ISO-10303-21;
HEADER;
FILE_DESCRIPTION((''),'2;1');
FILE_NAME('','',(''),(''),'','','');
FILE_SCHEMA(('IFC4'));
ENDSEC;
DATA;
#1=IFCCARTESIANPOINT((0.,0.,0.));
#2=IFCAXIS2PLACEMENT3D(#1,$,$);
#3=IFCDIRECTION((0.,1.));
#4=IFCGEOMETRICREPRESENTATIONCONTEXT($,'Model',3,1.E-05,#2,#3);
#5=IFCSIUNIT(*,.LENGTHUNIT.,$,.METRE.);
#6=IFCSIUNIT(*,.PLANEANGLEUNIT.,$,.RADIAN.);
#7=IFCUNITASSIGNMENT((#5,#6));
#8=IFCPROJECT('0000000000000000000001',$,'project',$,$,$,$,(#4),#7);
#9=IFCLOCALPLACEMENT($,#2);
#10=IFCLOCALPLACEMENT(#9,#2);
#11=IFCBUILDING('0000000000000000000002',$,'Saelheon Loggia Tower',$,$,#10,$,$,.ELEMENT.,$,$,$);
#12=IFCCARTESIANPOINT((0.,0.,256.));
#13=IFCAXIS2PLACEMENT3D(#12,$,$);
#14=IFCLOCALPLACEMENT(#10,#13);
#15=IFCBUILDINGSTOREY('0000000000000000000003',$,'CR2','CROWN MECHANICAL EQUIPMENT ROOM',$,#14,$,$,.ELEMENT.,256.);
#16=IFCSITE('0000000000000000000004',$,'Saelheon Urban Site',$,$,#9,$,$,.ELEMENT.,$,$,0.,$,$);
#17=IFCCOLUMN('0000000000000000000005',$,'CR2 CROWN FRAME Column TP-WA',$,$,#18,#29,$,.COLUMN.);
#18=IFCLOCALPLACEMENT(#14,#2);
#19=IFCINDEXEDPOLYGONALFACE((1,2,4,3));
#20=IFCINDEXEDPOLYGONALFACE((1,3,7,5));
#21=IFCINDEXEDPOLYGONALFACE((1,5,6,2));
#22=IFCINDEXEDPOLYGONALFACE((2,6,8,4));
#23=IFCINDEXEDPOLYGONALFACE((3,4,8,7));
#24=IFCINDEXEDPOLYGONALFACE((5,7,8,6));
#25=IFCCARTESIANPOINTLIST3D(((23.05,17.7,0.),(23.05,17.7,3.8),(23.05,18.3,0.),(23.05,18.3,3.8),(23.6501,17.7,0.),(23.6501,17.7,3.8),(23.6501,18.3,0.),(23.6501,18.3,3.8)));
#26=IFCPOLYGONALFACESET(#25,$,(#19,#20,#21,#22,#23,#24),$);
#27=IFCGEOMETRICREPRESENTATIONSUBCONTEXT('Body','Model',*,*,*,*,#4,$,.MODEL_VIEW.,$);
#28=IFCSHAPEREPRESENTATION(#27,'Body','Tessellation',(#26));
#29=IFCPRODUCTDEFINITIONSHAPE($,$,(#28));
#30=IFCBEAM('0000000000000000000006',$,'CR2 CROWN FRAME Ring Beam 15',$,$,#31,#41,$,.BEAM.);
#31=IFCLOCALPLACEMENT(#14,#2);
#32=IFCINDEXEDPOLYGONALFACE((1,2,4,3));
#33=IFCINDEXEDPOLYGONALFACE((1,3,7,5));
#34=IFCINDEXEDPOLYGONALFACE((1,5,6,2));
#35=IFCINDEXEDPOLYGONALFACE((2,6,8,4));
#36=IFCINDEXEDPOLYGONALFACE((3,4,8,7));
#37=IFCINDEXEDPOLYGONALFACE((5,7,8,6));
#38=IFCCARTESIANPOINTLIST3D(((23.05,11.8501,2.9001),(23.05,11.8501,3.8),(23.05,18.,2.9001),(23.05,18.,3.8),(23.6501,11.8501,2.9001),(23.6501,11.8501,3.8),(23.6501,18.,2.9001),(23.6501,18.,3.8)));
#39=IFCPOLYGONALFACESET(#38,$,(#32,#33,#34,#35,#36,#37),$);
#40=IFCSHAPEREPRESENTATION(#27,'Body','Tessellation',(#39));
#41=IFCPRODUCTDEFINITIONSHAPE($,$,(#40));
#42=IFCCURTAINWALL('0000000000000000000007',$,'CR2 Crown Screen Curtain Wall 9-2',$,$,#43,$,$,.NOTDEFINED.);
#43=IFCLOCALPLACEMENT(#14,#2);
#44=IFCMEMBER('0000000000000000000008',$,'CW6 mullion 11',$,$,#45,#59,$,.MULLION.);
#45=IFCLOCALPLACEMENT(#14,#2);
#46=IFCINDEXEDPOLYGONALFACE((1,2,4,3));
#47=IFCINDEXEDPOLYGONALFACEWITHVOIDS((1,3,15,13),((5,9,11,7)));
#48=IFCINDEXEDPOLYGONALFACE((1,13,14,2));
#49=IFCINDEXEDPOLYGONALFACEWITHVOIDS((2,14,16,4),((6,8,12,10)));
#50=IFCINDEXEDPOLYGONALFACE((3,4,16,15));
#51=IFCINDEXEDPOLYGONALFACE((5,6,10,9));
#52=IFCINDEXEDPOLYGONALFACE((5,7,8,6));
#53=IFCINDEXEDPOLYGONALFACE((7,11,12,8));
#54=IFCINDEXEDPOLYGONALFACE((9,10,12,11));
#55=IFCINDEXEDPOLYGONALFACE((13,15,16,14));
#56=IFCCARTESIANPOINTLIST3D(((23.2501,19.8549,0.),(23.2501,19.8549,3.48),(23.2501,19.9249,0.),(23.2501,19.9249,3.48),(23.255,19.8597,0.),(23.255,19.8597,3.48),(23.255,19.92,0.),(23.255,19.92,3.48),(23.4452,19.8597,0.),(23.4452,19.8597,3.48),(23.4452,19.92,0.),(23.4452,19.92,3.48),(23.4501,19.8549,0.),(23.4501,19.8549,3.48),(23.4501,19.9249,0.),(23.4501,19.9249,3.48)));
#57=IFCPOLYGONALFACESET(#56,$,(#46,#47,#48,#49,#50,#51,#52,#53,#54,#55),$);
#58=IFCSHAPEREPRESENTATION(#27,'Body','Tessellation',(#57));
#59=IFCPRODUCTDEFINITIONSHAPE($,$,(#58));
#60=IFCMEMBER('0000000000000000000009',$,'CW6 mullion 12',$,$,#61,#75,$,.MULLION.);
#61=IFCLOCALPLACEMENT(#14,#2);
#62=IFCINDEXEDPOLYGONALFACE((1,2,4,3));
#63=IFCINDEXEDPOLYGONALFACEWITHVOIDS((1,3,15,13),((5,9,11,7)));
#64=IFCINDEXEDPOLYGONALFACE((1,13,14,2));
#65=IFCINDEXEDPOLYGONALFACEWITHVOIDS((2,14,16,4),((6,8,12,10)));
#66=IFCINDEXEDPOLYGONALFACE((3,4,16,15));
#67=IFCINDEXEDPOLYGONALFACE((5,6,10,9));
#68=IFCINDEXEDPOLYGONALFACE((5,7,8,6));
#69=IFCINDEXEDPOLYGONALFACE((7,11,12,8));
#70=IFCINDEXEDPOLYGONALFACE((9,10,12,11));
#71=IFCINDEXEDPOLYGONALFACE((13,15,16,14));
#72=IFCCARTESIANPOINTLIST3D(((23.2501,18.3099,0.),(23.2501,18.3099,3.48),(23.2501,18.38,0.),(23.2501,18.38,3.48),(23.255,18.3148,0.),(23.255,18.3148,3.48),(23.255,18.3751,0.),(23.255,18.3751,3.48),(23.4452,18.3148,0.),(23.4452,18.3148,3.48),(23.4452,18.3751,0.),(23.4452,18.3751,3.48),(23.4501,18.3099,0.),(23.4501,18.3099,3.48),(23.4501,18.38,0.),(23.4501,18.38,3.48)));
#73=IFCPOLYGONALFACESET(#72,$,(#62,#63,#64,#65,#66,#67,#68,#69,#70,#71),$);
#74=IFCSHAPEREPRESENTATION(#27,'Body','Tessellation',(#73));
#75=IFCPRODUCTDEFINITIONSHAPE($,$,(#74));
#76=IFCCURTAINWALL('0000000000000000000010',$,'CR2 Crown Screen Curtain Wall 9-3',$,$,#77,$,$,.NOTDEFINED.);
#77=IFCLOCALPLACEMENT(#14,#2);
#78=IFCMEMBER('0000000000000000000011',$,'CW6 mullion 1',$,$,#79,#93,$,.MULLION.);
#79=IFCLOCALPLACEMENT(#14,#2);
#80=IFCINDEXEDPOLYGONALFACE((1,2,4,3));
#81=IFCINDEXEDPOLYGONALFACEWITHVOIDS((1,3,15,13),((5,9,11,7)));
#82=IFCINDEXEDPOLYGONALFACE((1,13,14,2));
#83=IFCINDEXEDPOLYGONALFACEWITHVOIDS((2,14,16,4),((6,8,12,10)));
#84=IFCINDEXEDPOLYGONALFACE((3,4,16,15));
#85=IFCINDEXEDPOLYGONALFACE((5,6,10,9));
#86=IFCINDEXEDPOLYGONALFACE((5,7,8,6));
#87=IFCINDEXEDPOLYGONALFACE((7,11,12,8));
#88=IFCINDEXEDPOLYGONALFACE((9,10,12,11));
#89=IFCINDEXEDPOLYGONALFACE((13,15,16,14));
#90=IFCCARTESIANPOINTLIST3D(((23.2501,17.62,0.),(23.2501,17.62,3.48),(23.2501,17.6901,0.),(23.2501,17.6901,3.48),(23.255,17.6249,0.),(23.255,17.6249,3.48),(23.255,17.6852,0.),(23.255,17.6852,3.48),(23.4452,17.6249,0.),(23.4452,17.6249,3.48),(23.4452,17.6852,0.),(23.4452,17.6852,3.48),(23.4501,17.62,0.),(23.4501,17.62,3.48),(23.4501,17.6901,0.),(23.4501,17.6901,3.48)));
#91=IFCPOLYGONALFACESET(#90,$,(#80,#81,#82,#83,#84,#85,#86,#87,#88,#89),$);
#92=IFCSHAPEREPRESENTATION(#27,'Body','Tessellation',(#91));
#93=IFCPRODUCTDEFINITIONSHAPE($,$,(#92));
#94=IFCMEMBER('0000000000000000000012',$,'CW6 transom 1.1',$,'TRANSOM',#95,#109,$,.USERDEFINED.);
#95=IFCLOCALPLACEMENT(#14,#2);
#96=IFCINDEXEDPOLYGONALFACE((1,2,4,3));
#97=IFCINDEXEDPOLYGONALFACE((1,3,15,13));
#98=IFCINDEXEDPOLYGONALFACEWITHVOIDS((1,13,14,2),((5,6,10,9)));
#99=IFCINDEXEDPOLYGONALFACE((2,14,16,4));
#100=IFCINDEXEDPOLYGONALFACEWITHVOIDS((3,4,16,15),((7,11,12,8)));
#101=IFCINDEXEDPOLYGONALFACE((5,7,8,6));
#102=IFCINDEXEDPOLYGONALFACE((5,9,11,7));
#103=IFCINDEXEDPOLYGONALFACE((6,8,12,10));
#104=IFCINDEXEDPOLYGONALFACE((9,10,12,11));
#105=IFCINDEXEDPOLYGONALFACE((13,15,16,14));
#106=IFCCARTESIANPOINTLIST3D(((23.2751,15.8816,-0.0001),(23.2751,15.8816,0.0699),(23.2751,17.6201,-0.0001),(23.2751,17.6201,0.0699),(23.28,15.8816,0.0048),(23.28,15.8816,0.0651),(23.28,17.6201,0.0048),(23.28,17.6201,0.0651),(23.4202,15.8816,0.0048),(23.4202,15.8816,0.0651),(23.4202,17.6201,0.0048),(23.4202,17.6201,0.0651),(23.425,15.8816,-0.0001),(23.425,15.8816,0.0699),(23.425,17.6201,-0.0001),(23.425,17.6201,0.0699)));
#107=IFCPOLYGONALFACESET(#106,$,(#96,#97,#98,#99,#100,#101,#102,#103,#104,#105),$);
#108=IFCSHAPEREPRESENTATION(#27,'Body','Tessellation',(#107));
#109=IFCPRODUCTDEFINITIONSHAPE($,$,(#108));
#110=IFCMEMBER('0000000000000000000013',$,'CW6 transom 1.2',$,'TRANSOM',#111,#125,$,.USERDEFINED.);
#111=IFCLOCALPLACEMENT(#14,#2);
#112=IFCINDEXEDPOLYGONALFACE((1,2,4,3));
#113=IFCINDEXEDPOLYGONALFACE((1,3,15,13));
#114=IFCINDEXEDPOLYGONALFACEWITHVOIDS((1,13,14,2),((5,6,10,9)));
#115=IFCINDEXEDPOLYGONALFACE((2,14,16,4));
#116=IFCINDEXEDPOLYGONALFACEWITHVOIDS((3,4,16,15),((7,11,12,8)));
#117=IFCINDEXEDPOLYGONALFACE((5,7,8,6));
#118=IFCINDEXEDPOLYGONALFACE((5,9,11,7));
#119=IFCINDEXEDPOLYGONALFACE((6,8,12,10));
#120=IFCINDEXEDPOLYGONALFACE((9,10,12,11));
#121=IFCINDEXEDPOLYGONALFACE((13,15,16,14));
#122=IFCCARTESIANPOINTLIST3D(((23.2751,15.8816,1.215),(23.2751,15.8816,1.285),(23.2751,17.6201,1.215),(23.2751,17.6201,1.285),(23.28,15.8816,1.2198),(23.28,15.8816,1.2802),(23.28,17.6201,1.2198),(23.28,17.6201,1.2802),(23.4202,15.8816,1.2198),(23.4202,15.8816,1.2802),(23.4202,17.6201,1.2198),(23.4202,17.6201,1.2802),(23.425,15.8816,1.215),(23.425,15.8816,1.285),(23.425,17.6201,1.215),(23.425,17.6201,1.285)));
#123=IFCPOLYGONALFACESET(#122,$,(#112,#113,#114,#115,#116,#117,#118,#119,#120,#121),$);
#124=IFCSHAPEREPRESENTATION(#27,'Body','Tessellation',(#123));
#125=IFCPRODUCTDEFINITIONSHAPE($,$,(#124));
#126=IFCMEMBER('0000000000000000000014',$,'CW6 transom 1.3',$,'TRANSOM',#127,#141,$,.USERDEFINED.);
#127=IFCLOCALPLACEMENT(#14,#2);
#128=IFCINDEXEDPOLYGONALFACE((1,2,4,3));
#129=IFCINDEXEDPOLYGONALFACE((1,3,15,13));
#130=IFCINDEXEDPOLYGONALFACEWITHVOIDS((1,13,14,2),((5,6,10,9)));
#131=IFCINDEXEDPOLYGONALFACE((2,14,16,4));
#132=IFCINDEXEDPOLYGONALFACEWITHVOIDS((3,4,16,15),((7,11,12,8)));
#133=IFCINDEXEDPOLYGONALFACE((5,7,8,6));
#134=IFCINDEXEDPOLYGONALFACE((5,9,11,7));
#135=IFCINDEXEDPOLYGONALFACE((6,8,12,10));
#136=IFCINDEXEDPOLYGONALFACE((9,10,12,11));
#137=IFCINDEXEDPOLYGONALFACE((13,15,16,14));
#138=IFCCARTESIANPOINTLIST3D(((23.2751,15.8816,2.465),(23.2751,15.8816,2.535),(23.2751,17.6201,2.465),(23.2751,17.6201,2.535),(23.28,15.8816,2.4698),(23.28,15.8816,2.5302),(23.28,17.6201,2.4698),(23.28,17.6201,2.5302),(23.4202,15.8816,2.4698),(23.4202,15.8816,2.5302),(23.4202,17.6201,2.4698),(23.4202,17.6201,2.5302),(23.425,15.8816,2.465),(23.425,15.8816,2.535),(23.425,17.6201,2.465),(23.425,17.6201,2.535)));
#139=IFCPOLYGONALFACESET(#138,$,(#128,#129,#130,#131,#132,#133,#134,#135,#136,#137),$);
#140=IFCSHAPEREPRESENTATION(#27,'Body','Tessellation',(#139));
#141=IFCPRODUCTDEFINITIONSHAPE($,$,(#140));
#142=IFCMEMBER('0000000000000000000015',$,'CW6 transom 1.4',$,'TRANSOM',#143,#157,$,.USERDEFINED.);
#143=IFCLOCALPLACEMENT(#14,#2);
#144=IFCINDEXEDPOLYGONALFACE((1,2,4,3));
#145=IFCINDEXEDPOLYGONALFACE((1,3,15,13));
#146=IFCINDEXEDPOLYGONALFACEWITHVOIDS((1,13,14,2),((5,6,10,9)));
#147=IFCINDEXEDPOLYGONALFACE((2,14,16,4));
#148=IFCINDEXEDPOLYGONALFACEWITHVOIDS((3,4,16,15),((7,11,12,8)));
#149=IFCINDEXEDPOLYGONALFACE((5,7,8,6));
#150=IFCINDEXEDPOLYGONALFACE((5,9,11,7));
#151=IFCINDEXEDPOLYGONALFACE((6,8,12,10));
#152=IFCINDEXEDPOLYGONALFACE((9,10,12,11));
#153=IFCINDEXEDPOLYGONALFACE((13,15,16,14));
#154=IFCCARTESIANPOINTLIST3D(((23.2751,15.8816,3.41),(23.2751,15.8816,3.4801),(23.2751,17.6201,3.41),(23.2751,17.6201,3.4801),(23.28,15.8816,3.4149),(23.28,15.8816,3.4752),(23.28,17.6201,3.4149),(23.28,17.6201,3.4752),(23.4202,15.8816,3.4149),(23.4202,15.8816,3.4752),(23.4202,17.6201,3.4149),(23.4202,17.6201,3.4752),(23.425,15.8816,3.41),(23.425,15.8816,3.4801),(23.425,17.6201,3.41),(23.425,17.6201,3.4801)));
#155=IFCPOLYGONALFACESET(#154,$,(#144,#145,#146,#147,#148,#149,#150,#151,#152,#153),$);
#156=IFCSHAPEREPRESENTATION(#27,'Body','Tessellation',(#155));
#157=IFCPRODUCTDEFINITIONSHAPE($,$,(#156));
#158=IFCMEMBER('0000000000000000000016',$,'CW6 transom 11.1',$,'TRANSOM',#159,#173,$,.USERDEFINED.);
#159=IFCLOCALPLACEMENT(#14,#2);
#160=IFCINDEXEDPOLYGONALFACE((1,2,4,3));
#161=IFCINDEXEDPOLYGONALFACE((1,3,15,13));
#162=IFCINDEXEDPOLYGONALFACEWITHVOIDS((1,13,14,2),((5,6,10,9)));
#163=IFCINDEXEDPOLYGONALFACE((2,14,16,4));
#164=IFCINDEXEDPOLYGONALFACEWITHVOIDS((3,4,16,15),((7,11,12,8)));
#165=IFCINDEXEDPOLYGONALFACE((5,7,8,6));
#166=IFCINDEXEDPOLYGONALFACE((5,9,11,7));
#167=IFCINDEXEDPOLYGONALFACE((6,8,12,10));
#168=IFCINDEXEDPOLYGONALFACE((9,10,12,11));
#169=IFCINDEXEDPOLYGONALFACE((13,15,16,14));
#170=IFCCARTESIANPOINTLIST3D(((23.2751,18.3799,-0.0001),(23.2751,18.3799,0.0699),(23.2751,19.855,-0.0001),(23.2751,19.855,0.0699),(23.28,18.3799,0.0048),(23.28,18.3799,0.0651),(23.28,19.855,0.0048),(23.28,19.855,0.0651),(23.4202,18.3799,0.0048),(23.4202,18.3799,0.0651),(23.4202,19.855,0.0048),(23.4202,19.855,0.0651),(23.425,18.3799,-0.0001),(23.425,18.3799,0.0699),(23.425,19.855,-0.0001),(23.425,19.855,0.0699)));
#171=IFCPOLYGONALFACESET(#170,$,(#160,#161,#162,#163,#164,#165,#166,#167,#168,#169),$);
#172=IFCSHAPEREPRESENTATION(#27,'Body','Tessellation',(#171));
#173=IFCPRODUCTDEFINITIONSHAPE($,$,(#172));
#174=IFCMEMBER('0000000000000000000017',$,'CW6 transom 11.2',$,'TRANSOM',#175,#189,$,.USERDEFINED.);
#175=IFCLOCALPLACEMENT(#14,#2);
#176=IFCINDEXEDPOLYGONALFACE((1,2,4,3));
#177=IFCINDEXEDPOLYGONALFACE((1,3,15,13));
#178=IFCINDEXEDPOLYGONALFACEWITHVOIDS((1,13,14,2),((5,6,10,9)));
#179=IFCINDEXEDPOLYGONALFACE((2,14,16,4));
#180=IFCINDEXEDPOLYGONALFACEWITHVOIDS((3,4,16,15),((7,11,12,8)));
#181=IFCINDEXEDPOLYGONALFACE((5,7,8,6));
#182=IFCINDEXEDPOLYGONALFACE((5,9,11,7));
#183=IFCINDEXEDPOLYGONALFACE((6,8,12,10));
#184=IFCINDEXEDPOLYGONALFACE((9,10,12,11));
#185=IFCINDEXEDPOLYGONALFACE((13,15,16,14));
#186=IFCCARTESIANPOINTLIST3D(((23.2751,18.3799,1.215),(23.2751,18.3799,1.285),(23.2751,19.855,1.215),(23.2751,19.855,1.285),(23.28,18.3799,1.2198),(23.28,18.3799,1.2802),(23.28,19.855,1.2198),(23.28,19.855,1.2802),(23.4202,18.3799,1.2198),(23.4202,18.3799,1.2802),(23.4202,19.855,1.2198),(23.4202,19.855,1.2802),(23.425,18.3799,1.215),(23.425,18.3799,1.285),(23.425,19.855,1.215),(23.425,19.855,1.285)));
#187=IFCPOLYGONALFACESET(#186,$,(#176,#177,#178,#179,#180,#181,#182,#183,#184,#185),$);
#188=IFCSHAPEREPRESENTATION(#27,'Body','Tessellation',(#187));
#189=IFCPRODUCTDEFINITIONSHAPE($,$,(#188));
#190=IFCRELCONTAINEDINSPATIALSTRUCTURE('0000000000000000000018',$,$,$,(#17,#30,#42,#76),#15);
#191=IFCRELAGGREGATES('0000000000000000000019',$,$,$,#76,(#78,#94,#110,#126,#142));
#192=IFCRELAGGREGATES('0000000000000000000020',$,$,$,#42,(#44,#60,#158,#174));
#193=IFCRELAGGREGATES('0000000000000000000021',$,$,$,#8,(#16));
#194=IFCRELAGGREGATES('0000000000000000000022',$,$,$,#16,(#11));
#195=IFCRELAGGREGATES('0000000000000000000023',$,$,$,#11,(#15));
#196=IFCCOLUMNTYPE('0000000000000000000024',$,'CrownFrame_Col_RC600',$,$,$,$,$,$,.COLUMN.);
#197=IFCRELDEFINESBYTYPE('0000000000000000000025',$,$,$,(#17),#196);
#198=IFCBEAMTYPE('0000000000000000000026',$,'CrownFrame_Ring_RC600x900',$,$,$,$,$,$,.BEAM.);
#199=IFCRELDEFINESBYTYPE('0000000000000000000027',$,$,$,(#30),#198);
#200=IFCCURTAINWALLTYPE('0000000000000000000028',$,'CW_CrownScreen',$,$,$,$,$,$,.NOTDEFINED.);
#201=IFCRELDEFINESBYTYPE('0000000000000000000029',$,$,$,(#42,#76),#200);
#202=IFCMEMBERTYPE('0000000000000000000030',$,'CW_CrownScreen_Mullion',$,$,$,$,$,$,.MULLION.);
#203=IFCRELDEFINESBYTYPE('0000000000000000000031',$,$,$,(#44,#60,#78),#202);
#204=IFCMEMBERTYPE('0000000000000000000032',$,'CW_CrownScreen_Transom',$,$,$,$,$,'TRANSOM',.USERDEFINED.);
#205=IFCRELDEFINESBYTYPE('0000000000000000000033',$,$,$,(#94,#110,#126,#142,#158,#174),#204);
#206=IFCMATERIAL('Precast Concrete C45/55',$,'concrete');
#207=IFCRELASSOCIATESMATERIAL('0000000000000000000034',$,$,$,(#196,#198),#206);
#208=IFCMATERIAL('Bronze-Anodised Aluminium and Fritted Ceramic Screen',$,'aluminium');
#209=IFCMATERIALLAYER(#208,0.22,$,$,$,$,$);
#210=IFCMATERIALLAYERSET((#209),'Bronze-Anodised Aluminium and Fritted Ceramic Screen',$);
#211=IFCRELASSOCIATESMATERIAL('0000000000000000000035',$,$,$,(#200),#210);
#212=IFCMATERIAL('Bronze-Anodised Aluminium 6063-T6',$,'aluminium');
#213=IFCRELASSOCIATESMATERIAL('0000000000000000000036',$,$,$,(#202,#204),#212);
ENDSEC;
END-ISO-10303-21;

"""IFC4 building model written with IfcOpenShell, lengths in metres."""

from ifc_helpers import new_model, si_unit, direction, frame, origin, origin_2d, place, context, subcontext, project, spatial, rectangle, hollow_rectangle, extrude, source, transform, mapped, material, layer, layer_set, material_profile, profile_set, type_object, element, aggregate, save


model = new_model("IFC4")

# Units and contexts
model_context = context("Model", 3, precision=1e-05, world=origin(), true_north=direction((0.0, 1.0)))
body_context = subcontext(model_context, "Body", "Model", "MODEL_VIEW")
ifc_project = project(units=[si_unit("LENGTHUNIT", "METRE"), si_unit("PLANEANGLEUNIT", "RADIAN")], contexts=[model_context])

# Site, building, storey
site_placement = place(None, origin())
site = spatial("IfcSite", under=ifc_project, at=site_placement, Name="Saelheon Urban Site", CompositionType="ELEMENT", RefElevation=0.0)
building_placement = place(site_placement, origin())
building = spatial("IfcBuilding", under=site, at=building_placement, Name="Saelheon Loggia Tower", CompositionType="ELEMENT")
storey_placement = place(building_placement, frame((0.0, 0.0, 256.0)))
storey = spatial("IfcBuildingStorey", under=building, at=storey_placement, Name="CR2", Description="CROWN MECHANICAL EQUIPMENT ROOM", CompositionType="ELEMENT", Elevation=256.0)

# Column
ifc_material_1 = material(Name="Precast Concrete C45/55", Category="concrete")
ifc_material_profile_1 = material_profile(ifc_material_1, rectangle(XDim=0.6001, YDim=0.6001, at=origin_2d()), Name="RC-600x600")
ifc_profile_set_1 = profile_set([ifc_material_profile_1], Name="Precast Concrete C45/55")
column_type = type_object("IfcColumnType", Name="CrownFrame_Col_RC600", PredefinedType="COLUMN", material=ifc_profile_set_1)
shared_shape_1 = source(origin(), body_context, "Body", "SweptSolid", [
    extrude(rectangle(XDim=0.6001, YDim=0.6001, at=origin_2d()), origin(), (0.0, 0.0, 1.0), 3.8),
])
column_placement = place(storey_placement, frame((23.3501, 18.0, 0.0), z_axis=(0.0, 0.0, 1.0), x_axis=(1.0, 0.0, 0.0)))
element("IfcColumn", 1, at=column_placement, inside=storey, type_object=column_type, Name="CR2 CROWN FRAME Column TP-WA", PredefinedType="COLUMN", context=body_context, shape_type="MappedRepresentation", body=[
    mapped(shared_shape_1, transform((0.0, 0.0, 0.0), scale=1.0)),
])

# Beam
ifc_material_profile_2 = material_profile(ifc_material_1, rectangle(XDim=0.6001, YDim=0.8999, at=origin_2d()), Name="RC-600x900")
ifc_profile_set_2 = profile_set([ifc_material_profile_2], Name="Precast Concrete C45/55")
beam_type = type_object("IfcBeamType", Name="CrownFrame_Ring_RC600x900", PredefinedType="BEAM", material=ifc_profile_set_2)
shared_shape_2 = source(origin(), body_context, "Body", "SweptSolid", [
    extrude(rectangle(XDim=0.6001, YDim=0.8999, at=origin_2d()), origin(), (0.0, 0.0, 1.0), 6.1499),
])
beam_placement = place(storey_placement, frame((23.3501, 18.0, 3.3501), z_axis=(0.0, -1.0, 0.0), x_axis=(1.0, 0.0, 0.0)))
element("IfcBeam", 2, at=beam_placement, inside=storey, type_object=beam_type, Name="CR2 CROWN FRAME Ring Beam 15", PredefinedType="BEAM", context=body_context, shape_type="MappedRepresentation", body=[
    mapped(shared_shape_2, transform((0.0, 0.0, 0.0), scale=1.0)),
])

# Curtain walls, members
ifc_material_2 = material(Name="Bronze-Anodised Aluminium and Fritted Ceramic Screen", Category="aluminium")
ifc_layer_1 = layer(ifc_material_2, 0.22)
ifc_layer_set_1 = layer_set([ifc_layer_1], Name="Bronze-Anodised Aluminium and Fritted Ceramic Screen")
curtain_wall_type = type_object("IfcCurtainWallType", Name="CW_CrownScreen", PredefinedType="NOTDEFINED", material=ifc_layer_set_1)
curtain_wall_1_placement = place(storey_placement, origin())
curtain_wall_1 = element("IfcCurtainWall", 3, at=curtain_wall_1_placement, inside=storey, type_object=curtain_wall_type, Name="CR2 Crown Screen Curtain Wall 9-2", PredefinedType="NOTDEFINED")
ifc_material_3 = material(Name="Bronze-Anodised Aluminium 6063-T6", Category="aluminium")
ifc_material_profile_3 = material_profile(ifc_material_3, hollow_rectangle(XDim=0.0701, YDim=0.2, WallThickness=0.0049, at=origin_2d()), Name="RHS-200x70x5")
ifc_profile_set_3 = profile_set([ifc_material_profile_3], Name="Bronze-Anodised Aluminium 6063-T6")
member_type_1 = type_object("IfcMemberType", Name="CW_CrownScreen_Mullion", PredefinedType="MULLION", material=ifc_profile_set_3)
shared_shape_3 = source(origin(), body_context, "Body", "SweptSolid", [
    extrude(hollow_rectangle(XDim=0.0701, YDim=0.2, WallThickness=0.0049, at=origin_2d()), origin(), (0.0, 0.0, 1.0), 3.48),
])
member_1_placement = place(storey_placement, frame((23.3501, 19.8899, 0.0), z_axis=(0.0, 0.0, 1.0), x_axis=(0.0, -1.0, 0.0)))
member_1 = element("IfcMember", 4, at=member_1_placement, type_object=member_type_1, Name="CW6 mullion 11", PredefinedType="MULLION", context=body_context, shape_type="MappedRepresentation", body=[
    mapped(shared_shape_3, transform((0.0, 0.0, 0.0), scale=1.0)),
])
member_2_placement = place(storey_placement, frame((23.3501, 18.345, 0.0), z_axis=(0.0, 0.0, 1.0), x_axis=(0.0, -1.0, 0.0)))
member_2 = element("IfcMember", 5, at=member_2_placement, type_object=member_type_1, Name="CW6 mullion 12", PredefinedType="MULLION", context=body_context, shape_type="MappedRepresentation", body=[
    mapped(shared_shape_3, transform((0.0, 0.0, 0.0), scale=1.0)),
])
curtain_wall_2_placement = place(storey_placement, origin())
curtain_wall_2 = element("IfcCurtainWall", 6, at=curtain_wall_2_placement, inside=storey, type_object=curtain_wall_type, Name="CR2 Crown Screen Curtain Wall 9-3", PredefinedType="NOTDEFINED")
member_3_placement = place(storey_placement, frame((23.3501, 17.655, 0.0), z_axis=(0.0, 0.0, 1.0), x_axis=(0.0, -1.0, 0.0)))
member_3 = element("IfcMember", 7, at=member_3_placement, type_object=member_type_1, Name="CW6 mullion 1", PredefinedType="MULLION", context=body_context, shape_type="MappedRepresentation", body=[
    mapped(shared_shape_3, transform((0.0, 0.0, 0.0), scale=1.0)),
])
ifc_material_profile_4 = material_profile(ifc_material_3, hollow_rectangle(XDim=0.0701, YDim=0.1499, WallThickness=0.0049, at=origin_2d()), Name="RHS-150x70x5")
ifc_profile_set_4 = profile_set([ifc_material_profile_4], Name="Bronze-Anodised Aluminium 6063-T6")
member_type_2 = type_object("IfcMemberType", Name="CW_CrownScreen_Transom", ElementType="TRANSOM", PredefinedType="USERDEFINED", material=ifc_profile_set_4)
shared_shape_4 = source(origin(), body_context, "Body", "SweptSolid", [
    extrude(hollow_rectangle(XDim=0.0701, YDim=0.1499, WallThickness=0.0049, at=origin_2d()), origin(), (0.0, 0.0, 1.0), 1.7385),
])
member_4_placement = place(storey_placement, frame((23.3501, 17.6201, 0.0349), z_axis=(0.0, -1.0, 0.0), x_axis=(0.0, 0.0, 1.0)))
member_4 = element("IfcMember", 8, at=member_4_placement, type_object=member_type_2, Name="CW6 transom 1.1", ObjectType="TRANSOM", PredefinedType="USERDEFINED", context=body_context, shape_type="MappedRepresentation", body=[
    mapped(shared_shape_4, transform((0.0, 0.0, 0.0), scale=1.0)),
])
member_5_placement = place(storey_placement, frame((23.3501, 17.6201, 1.25), z_axis=(0.0, -1.0, 0.0), x_axis=(0.0, 0.0, 1.0)))
member_5 = element("IfcMember", 9, at=member_5_placement, type_object=member_type_2, Name="CW6 transom 1.2", ObjectType="TRANSOM", PredefinedType="USERDEFINED", context=body_context, shape_type="MappedRepresentation", body=[
    mapped(shared_shape_4, transform((0.0, 0.0, 0.0), scale=1.0)),
])
member_6_placement = place(storey_placement, frame((23.3501, 17.6201, 2.5), z_axis=(0.0, -1.0, 0.0), x_axis=(0.0, 0.0, 1.0)))
member_6 = element("IfcMember", 10, at=member_6_placement, type_object=member_type_2, Name="CW6 transom 1.3", ObjectType="TRANSOM", PredefinedType="USERDEFINED", context=body_context, shape_type="MappedRepresentation", body=[
    mapped(shared_shape_4, transform((0.0, 0.0, 0.0), scale=1.0)),
])
member_7_placement = place(storey_placement, frame((23.3501, 17.6201, 3.4451), z_axis=(0.0, -1.0, 0.0), x_axis=(0.0, 0.0, 1.0)))
member_7 = element("IfcMember", 11, at=member_7_placement, type_object=member_type_2, Name="CW6 transom 1.4", ObjectType="TRANSOM", PredefinedType="USERDEFINED", context=body_context, shape_type="MappedRepresentation", body=[
    mapped(shared_shape_4, transform((0.0, 0.0, 0.0), scale=1.0)),
])
aggregate(curtain_wall_2, [member_3, member_4, member_5, member_6, member_7])

# Members
shared_shape_5 = source(origin(), body_context, "Body", "SweptSolid", [
    extrude(hollow_rectangle(XDim=0.0701, YDim=0.1499, WallThickness=0.0049, at=origin_2d()), origin(), (0.0, 0.0, 1.0), 1.4751),
])
member_8_placement = place(storey_placement, frame((23.3501, 19.855, 0.0349), z_axis=(0.0, -1.0, 0.0), x_axis=(0.0, 0.0, 1.0)))
member_8 = element("IfcMember", 12, at=member_8_placement, type_object=member_type_2, Name="CW6 transom 11.1", ObjectType="TRANSOM", PredefinedType="USERDEFINED", context=body_context, shape_type="MappedRepresentation", body=[
    mapped(shared_shape_5, transform((0.0, 0.0, 0.0), scale=1.0)),
])
member_9_placement = place(storey_placement, frame((23.3501, 19.855, 1.25), z_axis=(0.0, -1.0, 0.0), x_axis=(0.0, 0.0, 1.0)))
member_9 = element("IfcMember", 13, at=member_9_placement, type_object=member_type_2, Name="CW6 transom 11.2", ObjectType="TRANSOM", PredefinedType="USERDEFINED", context=body_context, shape_type="MappedRepresentation", body=[
    mapped(shared_shape_5, transform((0.0, 0.0, 0.0), scale=1.0)),
])

aggregate(curtain_wall_1, [member_1, member_2, member_8, member_9])

save(model, "model.ifc")
